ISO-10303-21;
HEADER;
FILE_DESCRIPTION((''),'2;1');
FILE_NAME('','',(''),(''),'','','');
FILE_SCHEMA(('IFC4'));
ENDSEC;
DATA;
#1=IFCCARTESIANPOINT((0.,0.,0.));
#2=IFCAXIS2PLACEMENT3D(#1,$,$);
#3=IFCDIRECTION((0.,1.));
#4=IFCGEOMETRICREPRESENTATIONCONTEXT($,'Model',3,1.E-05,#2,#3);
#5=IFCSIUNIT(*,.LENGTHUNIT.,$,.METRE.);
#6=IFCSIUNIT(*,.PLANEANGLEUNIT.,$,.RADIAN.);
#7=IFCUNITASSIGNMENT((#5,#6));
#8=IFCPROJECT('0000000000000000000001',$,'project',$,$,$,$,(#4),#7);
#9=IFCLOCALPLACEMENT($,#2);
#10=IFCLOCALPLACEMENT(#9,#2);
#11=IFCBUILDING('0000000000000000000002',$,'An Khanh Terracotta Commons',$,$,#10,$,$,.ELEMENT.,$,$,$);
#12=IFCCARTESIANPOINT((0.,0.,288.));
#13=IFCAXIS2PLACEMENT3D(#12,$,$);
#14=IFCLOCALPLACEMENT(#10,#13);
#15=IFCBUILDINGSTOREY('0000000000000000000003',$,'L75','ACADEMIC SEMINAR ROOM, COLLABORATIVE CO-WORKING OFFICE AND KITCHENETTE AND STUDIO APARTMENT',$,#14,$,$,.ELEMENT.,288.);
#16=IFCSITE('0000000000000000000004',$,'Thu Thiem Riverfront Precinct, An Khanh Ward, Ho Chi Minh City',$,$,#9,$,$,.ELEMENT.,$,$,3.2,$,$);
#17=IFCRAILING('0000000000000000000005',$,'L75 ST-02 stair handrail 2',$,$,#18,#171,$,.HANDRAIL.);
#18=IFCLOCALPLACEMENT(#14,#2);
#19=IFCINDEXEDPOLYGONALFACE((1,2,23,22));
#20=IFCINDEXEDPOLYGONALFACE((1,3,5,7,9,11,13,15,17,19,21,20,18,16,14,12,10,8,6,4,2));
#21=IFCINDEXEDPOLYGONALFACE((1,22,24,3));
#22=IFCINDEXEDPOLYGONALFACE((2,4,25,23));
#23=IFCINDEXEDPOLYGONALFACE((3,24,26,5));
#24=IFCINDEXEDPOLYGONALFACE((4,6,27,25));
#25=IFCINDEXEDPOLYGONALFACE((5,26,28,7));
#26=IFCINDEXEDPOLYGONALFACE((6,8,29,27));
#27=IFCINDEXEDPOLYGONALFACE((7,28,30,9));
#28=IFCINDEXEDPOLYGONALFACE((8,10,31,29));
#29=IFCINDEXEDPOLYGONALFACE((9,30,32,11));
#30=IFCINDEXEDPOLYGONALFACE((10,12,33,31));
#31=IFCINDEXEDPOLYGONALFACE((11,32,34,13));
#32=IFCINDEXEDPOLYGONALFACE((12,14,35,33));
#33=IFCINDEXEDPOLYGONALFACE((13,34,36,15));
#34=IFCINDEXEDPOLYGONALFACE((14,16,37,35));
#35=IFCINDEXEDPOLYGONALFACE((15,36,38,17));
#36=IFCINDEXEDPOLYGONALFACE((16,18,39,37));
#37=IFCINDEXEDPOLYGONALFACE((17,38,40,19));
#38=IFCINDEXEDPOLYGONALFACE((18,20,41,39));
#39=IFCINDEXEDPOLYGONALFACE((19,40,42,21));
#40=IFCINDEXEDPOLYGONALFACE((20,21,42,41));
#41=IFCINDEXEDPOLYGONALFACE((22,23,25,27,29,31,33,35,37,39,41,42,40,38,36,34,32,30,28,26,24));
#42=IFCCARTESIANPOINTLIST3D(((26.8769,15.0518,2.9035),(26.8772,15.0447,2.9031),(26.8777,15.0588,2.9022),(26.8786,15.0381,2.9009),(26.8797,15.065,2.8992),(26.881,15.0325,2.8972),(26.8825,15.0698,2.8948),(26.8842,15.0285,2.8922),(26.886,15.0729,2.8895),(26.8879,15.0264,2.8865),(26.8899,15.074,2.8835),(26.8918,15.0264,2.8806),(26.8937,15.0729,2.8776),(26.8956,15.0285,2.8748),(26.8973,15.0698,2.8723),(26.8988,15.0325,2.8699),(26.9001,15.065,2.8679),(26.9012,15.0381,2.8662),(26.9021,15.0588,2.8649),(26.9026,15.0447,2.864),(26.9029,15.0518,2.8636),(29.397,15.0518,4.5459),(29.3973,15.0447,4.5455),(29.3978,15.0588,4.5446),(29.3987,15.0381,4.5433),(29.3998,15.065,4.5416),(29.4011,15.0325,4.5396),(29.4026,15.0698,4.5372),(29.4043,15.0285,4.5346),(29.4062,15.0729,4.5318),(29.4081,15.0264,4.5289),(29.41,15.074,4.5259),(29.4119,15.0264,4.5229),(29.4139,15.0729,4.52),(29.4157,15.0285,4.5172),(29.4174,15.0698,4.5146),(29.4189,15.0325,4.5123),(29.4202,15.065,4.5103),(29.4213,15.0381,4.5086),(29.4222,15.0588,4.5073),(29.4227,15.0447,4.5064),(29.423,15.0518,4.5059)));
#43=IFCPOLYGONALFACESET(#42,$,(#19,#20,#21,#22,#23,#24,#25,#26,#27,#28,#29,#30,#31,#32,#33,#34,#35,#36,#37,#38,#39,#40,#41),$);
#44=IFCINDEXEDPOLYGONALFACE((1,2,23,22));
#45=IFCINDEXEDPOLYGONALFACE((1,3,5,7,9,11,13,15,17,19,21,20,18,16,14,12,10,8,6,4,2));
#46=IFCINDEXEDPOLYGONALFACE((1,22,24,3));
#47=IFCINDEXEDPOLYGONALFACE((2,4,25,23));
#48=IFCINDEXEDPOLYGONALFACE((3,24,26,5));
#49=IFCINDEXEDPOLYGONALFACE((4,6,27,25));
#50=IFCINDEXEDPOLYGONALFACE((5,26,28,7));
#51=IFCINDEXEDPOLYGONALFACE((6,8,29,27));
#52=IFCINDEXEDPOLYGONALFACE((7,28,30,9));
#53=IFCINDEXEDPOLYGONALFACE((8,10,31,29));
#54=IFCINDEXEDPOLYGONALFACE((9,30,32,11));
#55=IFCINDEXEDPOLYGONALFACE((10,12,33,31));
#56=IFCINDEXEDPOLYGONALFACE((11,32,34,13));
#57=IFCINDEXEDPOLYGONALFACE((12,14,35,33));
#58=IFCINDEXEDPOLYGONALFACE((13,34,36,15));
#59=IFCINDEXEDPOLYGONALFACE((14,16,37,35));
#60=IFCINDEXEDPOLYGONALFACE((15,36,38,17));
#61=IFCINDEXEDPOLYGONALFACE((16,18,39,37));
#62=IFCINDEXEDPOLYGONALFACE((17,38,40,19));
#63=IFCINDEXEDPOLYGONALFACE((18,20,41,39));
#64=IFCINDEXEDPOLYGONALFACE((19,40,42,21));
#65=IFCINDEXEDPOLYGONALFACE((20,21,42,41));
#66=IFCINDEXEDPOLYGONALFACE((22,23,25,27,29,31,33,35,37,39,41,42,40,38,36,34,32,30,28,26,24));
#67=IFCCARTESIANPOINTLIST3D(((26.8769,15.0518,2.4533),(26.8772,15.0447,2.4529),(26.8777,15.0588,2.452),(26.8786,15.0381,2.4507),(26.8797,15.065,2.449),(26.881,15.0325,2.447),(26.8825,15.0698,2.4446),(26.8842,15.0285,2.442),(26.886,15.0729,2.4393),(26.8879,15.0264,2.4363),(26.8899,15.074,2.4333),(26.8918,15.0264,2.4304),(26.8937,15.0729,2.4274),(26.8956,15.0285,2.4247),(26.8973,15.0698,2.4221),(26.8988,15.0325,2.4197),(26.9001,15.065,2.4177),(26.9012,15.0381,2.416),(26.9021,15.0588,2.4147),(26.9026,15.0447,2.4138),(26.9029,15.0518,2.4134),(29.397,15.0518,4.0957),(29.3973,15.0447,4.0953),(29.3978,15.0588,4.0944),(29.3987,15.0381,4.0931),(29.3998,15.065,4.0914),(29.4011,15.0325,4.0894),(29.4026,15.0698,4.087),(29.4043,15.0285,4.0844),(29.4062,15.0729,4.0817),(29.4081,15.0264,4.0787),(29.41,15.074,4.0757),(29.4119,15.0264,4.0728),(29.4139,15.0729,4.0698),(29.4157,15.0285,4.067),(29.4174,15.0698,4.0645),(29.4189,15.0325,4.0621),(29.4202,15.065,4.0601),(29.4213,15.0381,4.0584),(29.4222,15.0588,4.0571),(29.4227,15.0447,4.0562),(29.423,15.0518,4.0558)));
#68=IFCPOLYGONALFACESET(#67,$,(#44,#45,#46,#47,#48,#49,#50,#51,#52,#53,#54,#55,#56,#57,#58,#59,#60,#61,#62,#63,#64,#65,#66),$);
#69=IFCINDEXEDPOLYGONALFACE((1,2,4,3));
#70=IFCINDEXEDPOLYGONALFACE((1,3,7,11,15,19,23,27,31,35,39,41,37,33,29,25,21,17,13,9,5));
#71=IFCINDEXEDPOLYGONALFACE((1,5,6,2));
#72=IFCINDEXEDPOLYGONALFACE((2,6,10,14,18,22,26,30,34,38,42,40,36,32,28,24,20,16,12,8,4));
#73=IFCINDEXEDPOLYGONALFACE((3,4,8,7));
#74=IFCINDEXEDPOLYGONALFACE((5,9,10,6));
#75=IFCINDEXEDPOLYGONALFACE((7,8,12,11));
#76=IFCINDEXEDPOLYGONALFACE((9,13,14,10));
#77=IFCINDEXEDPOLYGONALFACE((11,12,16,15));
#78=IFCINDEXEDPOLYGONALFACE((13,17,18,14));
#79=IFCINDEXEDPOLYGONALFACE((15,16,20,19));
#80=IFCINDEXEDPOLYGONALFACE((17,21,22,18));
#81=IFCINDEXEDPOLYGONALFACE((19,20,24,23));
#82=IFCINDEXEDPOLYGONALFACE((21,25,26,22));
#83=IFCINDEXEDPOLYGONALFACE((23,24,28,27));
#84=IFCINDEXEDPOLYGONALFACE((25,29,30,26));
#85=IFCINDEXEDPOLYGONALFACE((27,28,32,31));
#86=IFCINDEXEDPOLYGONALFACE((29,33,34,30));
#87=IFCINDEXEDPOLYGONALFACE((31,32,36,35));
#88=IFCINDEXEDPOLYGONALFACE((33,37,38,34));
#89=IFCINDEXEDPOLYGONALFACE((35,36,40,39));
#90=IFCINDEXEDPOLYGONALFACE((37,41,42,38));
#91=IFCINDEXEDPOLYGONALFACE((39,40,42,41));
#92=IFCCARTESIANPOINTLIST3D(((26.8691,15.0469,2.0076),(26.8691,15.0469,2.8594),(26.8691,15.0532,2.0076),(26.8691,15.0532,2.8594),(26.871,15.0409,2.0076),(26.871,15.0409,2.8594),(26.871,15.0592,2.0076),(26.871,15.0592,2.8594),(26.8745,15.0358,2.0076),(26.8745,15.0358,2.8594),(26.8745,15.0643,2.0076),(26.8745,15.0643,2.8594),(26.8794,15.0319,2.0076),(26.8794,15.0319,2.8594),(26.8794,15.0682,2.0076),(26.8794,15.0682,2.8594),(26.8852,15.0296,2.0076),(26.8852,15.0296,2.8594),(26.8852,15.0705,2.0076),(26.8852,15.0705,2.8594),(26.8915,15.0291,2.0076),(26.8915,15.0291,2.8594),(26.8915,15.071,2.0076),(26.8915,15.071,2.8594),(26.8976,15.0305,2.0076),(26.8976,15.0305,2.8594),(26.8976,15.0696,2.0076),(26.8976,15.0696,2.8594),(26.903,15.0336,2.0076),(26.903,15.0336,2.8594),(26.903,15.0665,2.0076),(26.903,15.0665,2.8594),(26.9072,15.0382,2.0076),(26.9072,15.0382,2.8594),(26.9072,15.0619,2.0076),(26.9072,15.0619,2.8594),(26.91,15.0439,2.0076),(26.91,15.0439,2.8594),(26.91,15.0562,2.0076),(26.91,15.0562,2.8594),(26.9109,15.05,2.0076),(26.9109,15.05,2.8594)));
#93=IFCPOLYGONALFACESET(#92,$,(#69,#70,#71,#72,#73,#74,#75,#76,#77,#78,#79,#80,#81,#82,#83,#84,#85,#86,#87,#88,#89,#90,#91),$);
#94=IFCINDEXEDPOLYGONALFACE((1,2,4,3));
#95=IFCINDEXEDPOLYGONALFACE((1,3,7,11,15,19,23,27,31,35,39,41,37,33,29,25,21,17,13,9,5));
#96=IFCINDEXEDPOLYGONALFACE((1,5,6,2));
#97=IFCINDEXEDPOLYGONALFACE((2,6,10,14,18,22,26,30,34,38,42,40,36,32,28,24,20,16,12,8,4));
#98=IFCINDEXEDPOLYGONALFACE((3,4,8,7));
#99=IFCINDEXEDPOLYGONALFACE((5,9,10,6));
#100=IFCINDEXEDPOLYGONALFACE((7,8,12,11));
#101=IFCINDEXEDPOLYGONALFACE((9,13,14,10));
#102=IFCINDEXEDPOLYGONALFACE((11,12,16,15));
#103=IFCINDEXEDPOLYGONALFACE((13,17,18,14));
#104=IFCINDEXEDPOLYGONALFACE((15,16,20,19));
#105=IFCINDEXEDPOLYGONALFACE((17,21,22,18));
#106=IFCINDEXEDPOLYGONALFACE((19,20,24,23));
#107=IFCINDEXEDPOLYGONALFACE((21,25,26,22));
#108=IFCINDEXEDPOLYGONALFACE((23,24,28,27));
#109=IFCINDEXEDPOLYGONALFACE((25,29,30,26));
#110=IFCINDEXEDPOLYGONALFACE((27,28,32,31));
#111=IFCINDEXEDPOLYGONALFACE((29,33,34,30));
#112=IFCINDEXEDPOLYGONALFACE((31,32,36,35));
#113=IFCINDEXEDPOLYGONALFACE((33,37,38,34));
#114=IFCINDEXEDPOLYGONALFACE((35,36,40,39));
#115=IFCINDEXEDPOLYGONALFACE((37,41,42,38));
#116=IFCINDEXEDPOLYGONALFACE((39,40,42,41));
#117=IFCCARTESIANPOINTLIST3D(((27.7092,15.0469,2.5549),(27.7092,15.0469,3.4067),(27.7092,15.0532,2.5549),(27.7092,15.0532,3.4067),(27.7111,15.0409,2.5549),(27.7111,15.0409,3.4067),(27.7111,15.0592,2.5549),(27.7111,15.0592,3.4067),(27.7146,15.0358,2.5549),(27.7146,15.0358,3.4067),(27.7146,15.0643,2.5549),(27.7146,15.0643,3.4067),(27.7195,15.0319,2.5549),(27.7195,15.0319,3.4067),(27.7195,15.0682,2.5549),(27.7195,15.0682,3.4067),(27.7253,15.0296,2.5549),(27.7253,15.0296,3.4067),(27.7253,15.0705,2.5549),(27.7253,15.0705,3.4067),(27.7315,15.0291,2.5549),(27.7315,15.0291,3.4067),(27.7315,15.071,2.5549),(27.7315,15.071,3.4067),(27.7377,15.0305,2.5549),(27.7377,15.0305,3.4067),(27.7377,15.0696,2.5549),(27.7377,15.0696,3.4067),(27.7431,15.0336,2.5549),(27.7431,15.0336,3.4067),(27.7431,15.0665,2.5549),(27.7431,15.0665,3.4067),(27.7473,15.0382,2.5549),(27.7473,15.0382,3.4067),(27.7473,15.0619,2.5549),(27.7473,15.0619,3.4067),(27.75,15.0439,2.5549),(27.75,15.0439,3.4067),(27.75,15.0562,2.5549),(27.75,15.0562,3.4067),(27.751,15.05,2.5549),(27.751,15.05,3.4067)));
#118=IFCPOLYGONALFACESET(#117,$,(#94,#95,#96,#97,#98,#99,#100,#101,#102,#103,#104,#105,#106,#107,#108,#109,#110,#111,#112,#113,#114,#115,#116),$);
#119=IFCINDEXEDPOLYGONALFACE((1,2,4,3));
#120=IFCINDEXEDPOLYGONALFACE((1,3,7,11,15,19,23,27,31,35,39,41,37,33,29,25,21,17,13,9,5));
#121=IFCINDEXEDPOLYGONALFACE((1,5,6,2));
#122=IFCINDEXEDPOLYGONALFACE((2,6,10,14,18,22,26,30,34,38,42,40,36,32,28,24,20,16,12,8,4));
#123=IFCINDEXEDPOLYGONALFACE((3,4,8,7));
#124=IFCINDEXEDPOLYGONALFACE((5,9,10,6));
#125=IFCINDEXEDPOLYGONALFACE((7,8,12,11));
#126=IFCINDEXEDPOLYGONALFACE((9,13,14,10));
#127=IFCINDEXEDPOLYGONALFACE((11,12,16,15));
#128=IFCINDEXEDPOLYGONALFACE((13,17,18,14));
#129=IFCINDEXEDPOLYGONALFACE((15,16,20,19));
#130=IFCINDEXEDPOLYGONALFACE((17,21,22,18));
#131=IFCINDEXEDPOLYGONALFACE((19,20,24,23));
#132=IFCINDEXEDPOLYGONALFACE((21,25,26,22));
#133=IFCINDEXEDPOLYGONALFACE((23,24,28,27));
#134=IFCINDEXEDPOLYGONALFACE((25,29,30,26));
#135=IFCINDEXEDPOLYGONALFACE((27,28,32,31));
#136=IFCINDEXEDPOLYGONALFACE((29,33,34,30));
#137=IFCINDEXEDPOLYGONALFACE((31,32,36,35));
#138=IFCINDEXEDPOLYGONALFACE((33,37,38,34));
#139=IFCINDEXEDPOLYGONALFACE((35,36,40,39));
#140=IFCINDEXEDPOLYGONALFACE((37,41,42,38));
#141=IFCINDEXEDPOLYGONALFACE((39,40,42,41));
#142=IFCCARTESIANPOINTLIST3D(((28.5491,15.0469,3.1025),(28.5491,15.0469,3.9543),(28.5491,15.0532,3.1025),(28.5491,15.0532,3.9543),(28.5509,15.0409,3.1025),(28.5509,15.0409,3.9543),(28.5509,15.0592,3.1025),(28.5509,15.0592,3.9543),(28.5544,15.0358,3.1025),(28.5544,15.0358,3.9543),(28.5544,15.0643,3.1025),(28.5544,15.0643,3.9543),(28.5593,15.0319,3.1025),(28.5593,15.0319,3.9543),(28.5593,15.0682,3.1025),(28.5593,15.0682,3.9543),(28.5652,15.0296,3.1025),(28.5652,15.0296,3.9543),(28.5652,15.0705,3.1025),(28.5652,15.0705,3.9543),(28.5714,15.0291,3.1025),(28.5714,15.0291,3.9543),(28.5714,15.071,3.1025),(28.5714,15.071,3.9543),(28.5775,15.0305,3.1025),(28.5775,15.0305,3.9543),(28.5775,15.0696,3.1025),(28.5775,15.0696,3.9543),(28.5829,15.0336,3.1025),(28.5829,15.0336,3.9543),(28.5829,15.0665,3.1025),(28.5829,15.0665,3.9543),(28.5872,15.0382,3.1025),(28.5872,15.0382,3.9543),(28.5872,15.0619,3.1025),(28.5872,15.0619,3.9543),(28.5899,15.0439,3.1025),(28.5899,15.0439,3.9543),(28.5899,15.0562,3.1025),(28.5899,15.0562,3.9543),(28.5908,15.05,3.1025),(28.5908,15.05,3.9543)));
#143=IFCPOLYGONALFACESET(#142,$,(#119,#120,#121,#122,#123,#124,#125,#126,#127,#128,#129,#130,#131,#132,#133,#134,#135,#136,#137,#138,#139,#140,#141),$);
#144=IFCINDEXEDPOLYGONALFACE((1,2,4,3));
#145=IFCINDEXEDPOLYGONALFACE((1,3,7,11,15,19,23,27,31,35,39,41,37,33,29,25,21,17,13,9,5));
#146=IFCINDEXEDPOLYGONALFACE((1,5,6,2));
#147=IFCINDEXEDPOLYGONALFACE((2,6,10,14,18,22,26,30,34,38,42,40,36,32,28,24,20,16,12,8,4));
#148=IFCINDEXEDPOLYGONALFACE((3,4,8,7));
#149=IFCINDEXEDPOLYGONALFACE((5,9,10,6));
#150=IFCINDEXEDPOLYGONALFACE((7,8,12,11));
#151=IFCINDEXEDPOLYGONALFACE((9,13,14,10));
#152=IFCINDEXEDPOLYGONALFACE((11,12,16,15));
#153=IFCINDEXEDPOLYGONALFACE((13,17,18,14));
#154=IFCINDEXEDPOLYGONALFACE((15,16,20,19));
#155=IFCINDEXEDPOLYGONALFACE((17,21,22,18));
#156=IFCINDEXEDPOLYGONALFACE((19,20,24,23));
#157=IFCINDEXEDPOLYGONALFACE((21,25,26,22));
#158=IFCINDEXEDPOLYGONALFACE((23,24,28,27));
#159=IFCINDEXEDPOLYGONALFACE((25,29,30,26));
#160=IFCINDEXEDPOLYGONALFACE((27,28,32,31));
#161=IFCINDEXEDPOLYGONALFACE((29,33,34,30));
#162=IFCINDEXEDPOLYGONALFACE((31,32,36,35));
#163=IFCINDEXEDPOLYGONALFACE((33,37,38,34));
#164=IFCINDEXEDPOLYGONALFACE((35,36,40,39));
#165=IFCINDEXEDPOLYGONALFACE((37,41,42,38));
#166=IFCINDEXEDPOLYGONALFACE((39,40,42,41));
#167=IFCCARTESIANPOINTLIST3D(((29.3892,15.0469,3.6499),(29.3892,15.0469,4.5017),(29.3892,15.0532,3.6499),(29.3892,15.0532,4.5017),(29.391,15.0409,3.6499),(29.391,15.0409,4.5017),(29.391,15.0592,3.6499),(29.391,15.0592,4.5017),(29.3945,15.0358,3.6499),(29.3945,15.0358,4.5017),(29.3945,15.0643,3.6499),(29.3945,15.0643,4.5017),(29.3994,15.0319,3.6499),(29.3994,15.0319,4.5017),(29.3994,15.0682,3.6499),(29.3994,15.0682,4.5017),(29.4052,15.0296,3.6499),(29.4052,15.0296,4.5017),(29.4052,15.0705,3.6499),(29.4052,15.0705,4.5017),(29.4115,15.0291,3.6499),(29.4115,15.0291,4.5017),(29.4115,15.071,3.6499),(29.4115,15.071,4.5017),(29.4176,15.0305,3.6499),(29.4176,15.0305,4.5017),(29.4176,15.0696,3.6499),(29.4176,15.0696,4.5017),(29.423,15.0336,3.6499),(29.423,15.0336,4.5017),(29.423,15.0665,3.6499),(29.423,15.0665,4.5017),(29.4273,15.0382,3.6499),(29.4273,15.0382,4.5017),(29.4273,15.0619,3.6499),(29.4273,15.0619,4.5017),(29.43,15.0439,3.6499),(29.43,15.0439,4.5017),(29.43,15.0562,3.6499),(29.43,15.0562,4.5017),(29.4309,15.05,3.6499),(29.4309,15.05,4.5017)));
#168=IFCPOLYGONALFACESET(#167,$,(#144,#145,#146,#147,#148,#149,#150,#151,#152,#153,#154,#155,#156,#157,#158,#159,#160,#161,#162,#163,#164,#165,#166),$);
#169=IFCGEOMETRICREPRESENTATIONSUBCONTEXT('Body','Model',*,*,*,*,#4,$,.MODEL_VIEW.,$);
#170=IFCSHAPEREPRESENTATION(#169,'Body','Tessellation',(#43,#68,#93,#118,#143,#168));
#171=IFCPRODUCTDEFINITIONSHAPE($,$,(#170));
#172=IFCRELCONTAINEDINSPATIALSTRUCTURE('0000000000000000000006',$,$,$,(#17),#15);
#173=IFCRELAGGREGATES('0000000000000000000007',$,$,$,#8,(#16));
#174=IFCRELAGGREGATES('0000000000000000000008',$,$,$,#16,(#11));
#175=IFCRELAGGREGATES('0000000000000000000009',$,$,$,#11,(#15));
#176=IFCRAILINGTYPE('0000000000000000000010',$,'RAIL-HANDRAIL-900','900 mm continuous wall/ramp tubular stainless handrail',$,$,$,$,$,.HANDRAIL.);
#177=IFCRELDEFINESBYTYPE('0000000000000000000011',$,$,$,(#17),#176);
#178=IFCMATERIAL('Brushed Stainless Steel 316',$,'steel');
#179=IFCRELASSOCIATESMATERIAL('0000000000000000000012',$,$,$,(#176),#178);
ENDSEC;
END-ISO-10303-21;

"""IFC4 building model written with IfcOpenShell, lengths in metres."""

from ifc_helpers import new_model, si_unit, direction, frame, origin, origin_2d, place, context, subcontext, project, spatial, circle, extrude, material, type_object, element, save


model = new_model("IFC4")

# Units and contexts
model_context = context("Model", 3, precision=1e-05, world=origin(), true_north=direction((0.0, 1.0)))
body_context = subcontext(model_context, "Body", "Model", "MODEL_VIEW")
ifc_project = project(units=[si_unit("LENGTHUNIT", "METRE"), si_unit("PLANEANGLEUNIT", "RADIAN")], contexts=[model_context])

# Site, building, storey
site_placement = place(None, origin())
site = spatial("IfcSite", under=ifc_project, at=site_placement, Name="Thu Thiem Riverfront Precinct, An Khanh Ward, Ho Chi Minh City", CompositionType="ELEMENT", RefElevation=3.2)
building_placement = place(site_placement, origin())
building = spatial("IfcBuilding", under=site, at=building_placement, Name="An Khanh Terracotta Commons", CompositionType="ELEMENT")
storey_placement = place(building_placement, frame((0.0, 0.0, 288.0)))
storey = spatial("IfcBuildingStorey", under=building, at=storey_placement, Name="L75", Description="ACADEMIC SEMINAR ROOM, COLLABORATIVE CO-WORKING OFFICE AND KITCHENETTE AND STUDIO APARTMENT", CompositionType="ELEMENT", Elevation=288.0)

# Railing
ifc_material_1 = material(Name="Brushed Stainless Steel 316", Category="steel")
railing_type_1 = type_object("IfcRailingType", Name="RAIL-HANDRAIL-900", Description="900 mm continuous wall/ramp tubular stainless handrail", PredefinedType="HANDRAIL", material=ifc_material_1)
railing_1_placement = place(storey_placement, frame((26.8899, 15.05, 2.0076)))
element("IfcRailing", 1, at=railing_1_placement, inside=storey, type_object=railing_type_1, Name="L75 ST-02 stair handrail 2", PredefinedType="HANDRAIL", context=body_context, shape_type="SweptSolid", body=[
    extrude(circle(Radius=0.0239, at=origin_2d()), frame((0.0, 0.0, 0.876), z_axis=(0.837787, 0.0, 0.545998), x_axis=(0.0, 1.0, 0.0)), (0.0, 0.0, 1.0), 3.0081),
    extrude(circle(Radius=0.0239, at=origin_2d()), frame((0.0, 0.0, 0.4258), z_axis=(0.837787, 0.0, 0.545998), x_axis=(0.0, 1.0, 0.0)), (0.0, 0.0, 1.0), 3.0081),
    extrude(circle(Radius=0.021, at=origin_2d()), origin(), (0.0, 0.0, 1.0), 0.8518),
    extrude(circle(Radius=0.021, at=origin_2d()), frame((0.8401, 0.0, 0.5474)), (0.0, 0.0, 1.0), 0.8518),
    extrude(circle(Radius=0.021, at=origin_2d()), frame((1.6799, 0.0, 1.095)), (0.0, 0.0, 1.0), 0.8518),
    extrude(circle(Radius=0.021, at=origin_2d()), frame((2.52, 0.0, 1.6423)), (0.0, 0.0, 1.0), 0.8518),
])

save(model, "model.ifc")
